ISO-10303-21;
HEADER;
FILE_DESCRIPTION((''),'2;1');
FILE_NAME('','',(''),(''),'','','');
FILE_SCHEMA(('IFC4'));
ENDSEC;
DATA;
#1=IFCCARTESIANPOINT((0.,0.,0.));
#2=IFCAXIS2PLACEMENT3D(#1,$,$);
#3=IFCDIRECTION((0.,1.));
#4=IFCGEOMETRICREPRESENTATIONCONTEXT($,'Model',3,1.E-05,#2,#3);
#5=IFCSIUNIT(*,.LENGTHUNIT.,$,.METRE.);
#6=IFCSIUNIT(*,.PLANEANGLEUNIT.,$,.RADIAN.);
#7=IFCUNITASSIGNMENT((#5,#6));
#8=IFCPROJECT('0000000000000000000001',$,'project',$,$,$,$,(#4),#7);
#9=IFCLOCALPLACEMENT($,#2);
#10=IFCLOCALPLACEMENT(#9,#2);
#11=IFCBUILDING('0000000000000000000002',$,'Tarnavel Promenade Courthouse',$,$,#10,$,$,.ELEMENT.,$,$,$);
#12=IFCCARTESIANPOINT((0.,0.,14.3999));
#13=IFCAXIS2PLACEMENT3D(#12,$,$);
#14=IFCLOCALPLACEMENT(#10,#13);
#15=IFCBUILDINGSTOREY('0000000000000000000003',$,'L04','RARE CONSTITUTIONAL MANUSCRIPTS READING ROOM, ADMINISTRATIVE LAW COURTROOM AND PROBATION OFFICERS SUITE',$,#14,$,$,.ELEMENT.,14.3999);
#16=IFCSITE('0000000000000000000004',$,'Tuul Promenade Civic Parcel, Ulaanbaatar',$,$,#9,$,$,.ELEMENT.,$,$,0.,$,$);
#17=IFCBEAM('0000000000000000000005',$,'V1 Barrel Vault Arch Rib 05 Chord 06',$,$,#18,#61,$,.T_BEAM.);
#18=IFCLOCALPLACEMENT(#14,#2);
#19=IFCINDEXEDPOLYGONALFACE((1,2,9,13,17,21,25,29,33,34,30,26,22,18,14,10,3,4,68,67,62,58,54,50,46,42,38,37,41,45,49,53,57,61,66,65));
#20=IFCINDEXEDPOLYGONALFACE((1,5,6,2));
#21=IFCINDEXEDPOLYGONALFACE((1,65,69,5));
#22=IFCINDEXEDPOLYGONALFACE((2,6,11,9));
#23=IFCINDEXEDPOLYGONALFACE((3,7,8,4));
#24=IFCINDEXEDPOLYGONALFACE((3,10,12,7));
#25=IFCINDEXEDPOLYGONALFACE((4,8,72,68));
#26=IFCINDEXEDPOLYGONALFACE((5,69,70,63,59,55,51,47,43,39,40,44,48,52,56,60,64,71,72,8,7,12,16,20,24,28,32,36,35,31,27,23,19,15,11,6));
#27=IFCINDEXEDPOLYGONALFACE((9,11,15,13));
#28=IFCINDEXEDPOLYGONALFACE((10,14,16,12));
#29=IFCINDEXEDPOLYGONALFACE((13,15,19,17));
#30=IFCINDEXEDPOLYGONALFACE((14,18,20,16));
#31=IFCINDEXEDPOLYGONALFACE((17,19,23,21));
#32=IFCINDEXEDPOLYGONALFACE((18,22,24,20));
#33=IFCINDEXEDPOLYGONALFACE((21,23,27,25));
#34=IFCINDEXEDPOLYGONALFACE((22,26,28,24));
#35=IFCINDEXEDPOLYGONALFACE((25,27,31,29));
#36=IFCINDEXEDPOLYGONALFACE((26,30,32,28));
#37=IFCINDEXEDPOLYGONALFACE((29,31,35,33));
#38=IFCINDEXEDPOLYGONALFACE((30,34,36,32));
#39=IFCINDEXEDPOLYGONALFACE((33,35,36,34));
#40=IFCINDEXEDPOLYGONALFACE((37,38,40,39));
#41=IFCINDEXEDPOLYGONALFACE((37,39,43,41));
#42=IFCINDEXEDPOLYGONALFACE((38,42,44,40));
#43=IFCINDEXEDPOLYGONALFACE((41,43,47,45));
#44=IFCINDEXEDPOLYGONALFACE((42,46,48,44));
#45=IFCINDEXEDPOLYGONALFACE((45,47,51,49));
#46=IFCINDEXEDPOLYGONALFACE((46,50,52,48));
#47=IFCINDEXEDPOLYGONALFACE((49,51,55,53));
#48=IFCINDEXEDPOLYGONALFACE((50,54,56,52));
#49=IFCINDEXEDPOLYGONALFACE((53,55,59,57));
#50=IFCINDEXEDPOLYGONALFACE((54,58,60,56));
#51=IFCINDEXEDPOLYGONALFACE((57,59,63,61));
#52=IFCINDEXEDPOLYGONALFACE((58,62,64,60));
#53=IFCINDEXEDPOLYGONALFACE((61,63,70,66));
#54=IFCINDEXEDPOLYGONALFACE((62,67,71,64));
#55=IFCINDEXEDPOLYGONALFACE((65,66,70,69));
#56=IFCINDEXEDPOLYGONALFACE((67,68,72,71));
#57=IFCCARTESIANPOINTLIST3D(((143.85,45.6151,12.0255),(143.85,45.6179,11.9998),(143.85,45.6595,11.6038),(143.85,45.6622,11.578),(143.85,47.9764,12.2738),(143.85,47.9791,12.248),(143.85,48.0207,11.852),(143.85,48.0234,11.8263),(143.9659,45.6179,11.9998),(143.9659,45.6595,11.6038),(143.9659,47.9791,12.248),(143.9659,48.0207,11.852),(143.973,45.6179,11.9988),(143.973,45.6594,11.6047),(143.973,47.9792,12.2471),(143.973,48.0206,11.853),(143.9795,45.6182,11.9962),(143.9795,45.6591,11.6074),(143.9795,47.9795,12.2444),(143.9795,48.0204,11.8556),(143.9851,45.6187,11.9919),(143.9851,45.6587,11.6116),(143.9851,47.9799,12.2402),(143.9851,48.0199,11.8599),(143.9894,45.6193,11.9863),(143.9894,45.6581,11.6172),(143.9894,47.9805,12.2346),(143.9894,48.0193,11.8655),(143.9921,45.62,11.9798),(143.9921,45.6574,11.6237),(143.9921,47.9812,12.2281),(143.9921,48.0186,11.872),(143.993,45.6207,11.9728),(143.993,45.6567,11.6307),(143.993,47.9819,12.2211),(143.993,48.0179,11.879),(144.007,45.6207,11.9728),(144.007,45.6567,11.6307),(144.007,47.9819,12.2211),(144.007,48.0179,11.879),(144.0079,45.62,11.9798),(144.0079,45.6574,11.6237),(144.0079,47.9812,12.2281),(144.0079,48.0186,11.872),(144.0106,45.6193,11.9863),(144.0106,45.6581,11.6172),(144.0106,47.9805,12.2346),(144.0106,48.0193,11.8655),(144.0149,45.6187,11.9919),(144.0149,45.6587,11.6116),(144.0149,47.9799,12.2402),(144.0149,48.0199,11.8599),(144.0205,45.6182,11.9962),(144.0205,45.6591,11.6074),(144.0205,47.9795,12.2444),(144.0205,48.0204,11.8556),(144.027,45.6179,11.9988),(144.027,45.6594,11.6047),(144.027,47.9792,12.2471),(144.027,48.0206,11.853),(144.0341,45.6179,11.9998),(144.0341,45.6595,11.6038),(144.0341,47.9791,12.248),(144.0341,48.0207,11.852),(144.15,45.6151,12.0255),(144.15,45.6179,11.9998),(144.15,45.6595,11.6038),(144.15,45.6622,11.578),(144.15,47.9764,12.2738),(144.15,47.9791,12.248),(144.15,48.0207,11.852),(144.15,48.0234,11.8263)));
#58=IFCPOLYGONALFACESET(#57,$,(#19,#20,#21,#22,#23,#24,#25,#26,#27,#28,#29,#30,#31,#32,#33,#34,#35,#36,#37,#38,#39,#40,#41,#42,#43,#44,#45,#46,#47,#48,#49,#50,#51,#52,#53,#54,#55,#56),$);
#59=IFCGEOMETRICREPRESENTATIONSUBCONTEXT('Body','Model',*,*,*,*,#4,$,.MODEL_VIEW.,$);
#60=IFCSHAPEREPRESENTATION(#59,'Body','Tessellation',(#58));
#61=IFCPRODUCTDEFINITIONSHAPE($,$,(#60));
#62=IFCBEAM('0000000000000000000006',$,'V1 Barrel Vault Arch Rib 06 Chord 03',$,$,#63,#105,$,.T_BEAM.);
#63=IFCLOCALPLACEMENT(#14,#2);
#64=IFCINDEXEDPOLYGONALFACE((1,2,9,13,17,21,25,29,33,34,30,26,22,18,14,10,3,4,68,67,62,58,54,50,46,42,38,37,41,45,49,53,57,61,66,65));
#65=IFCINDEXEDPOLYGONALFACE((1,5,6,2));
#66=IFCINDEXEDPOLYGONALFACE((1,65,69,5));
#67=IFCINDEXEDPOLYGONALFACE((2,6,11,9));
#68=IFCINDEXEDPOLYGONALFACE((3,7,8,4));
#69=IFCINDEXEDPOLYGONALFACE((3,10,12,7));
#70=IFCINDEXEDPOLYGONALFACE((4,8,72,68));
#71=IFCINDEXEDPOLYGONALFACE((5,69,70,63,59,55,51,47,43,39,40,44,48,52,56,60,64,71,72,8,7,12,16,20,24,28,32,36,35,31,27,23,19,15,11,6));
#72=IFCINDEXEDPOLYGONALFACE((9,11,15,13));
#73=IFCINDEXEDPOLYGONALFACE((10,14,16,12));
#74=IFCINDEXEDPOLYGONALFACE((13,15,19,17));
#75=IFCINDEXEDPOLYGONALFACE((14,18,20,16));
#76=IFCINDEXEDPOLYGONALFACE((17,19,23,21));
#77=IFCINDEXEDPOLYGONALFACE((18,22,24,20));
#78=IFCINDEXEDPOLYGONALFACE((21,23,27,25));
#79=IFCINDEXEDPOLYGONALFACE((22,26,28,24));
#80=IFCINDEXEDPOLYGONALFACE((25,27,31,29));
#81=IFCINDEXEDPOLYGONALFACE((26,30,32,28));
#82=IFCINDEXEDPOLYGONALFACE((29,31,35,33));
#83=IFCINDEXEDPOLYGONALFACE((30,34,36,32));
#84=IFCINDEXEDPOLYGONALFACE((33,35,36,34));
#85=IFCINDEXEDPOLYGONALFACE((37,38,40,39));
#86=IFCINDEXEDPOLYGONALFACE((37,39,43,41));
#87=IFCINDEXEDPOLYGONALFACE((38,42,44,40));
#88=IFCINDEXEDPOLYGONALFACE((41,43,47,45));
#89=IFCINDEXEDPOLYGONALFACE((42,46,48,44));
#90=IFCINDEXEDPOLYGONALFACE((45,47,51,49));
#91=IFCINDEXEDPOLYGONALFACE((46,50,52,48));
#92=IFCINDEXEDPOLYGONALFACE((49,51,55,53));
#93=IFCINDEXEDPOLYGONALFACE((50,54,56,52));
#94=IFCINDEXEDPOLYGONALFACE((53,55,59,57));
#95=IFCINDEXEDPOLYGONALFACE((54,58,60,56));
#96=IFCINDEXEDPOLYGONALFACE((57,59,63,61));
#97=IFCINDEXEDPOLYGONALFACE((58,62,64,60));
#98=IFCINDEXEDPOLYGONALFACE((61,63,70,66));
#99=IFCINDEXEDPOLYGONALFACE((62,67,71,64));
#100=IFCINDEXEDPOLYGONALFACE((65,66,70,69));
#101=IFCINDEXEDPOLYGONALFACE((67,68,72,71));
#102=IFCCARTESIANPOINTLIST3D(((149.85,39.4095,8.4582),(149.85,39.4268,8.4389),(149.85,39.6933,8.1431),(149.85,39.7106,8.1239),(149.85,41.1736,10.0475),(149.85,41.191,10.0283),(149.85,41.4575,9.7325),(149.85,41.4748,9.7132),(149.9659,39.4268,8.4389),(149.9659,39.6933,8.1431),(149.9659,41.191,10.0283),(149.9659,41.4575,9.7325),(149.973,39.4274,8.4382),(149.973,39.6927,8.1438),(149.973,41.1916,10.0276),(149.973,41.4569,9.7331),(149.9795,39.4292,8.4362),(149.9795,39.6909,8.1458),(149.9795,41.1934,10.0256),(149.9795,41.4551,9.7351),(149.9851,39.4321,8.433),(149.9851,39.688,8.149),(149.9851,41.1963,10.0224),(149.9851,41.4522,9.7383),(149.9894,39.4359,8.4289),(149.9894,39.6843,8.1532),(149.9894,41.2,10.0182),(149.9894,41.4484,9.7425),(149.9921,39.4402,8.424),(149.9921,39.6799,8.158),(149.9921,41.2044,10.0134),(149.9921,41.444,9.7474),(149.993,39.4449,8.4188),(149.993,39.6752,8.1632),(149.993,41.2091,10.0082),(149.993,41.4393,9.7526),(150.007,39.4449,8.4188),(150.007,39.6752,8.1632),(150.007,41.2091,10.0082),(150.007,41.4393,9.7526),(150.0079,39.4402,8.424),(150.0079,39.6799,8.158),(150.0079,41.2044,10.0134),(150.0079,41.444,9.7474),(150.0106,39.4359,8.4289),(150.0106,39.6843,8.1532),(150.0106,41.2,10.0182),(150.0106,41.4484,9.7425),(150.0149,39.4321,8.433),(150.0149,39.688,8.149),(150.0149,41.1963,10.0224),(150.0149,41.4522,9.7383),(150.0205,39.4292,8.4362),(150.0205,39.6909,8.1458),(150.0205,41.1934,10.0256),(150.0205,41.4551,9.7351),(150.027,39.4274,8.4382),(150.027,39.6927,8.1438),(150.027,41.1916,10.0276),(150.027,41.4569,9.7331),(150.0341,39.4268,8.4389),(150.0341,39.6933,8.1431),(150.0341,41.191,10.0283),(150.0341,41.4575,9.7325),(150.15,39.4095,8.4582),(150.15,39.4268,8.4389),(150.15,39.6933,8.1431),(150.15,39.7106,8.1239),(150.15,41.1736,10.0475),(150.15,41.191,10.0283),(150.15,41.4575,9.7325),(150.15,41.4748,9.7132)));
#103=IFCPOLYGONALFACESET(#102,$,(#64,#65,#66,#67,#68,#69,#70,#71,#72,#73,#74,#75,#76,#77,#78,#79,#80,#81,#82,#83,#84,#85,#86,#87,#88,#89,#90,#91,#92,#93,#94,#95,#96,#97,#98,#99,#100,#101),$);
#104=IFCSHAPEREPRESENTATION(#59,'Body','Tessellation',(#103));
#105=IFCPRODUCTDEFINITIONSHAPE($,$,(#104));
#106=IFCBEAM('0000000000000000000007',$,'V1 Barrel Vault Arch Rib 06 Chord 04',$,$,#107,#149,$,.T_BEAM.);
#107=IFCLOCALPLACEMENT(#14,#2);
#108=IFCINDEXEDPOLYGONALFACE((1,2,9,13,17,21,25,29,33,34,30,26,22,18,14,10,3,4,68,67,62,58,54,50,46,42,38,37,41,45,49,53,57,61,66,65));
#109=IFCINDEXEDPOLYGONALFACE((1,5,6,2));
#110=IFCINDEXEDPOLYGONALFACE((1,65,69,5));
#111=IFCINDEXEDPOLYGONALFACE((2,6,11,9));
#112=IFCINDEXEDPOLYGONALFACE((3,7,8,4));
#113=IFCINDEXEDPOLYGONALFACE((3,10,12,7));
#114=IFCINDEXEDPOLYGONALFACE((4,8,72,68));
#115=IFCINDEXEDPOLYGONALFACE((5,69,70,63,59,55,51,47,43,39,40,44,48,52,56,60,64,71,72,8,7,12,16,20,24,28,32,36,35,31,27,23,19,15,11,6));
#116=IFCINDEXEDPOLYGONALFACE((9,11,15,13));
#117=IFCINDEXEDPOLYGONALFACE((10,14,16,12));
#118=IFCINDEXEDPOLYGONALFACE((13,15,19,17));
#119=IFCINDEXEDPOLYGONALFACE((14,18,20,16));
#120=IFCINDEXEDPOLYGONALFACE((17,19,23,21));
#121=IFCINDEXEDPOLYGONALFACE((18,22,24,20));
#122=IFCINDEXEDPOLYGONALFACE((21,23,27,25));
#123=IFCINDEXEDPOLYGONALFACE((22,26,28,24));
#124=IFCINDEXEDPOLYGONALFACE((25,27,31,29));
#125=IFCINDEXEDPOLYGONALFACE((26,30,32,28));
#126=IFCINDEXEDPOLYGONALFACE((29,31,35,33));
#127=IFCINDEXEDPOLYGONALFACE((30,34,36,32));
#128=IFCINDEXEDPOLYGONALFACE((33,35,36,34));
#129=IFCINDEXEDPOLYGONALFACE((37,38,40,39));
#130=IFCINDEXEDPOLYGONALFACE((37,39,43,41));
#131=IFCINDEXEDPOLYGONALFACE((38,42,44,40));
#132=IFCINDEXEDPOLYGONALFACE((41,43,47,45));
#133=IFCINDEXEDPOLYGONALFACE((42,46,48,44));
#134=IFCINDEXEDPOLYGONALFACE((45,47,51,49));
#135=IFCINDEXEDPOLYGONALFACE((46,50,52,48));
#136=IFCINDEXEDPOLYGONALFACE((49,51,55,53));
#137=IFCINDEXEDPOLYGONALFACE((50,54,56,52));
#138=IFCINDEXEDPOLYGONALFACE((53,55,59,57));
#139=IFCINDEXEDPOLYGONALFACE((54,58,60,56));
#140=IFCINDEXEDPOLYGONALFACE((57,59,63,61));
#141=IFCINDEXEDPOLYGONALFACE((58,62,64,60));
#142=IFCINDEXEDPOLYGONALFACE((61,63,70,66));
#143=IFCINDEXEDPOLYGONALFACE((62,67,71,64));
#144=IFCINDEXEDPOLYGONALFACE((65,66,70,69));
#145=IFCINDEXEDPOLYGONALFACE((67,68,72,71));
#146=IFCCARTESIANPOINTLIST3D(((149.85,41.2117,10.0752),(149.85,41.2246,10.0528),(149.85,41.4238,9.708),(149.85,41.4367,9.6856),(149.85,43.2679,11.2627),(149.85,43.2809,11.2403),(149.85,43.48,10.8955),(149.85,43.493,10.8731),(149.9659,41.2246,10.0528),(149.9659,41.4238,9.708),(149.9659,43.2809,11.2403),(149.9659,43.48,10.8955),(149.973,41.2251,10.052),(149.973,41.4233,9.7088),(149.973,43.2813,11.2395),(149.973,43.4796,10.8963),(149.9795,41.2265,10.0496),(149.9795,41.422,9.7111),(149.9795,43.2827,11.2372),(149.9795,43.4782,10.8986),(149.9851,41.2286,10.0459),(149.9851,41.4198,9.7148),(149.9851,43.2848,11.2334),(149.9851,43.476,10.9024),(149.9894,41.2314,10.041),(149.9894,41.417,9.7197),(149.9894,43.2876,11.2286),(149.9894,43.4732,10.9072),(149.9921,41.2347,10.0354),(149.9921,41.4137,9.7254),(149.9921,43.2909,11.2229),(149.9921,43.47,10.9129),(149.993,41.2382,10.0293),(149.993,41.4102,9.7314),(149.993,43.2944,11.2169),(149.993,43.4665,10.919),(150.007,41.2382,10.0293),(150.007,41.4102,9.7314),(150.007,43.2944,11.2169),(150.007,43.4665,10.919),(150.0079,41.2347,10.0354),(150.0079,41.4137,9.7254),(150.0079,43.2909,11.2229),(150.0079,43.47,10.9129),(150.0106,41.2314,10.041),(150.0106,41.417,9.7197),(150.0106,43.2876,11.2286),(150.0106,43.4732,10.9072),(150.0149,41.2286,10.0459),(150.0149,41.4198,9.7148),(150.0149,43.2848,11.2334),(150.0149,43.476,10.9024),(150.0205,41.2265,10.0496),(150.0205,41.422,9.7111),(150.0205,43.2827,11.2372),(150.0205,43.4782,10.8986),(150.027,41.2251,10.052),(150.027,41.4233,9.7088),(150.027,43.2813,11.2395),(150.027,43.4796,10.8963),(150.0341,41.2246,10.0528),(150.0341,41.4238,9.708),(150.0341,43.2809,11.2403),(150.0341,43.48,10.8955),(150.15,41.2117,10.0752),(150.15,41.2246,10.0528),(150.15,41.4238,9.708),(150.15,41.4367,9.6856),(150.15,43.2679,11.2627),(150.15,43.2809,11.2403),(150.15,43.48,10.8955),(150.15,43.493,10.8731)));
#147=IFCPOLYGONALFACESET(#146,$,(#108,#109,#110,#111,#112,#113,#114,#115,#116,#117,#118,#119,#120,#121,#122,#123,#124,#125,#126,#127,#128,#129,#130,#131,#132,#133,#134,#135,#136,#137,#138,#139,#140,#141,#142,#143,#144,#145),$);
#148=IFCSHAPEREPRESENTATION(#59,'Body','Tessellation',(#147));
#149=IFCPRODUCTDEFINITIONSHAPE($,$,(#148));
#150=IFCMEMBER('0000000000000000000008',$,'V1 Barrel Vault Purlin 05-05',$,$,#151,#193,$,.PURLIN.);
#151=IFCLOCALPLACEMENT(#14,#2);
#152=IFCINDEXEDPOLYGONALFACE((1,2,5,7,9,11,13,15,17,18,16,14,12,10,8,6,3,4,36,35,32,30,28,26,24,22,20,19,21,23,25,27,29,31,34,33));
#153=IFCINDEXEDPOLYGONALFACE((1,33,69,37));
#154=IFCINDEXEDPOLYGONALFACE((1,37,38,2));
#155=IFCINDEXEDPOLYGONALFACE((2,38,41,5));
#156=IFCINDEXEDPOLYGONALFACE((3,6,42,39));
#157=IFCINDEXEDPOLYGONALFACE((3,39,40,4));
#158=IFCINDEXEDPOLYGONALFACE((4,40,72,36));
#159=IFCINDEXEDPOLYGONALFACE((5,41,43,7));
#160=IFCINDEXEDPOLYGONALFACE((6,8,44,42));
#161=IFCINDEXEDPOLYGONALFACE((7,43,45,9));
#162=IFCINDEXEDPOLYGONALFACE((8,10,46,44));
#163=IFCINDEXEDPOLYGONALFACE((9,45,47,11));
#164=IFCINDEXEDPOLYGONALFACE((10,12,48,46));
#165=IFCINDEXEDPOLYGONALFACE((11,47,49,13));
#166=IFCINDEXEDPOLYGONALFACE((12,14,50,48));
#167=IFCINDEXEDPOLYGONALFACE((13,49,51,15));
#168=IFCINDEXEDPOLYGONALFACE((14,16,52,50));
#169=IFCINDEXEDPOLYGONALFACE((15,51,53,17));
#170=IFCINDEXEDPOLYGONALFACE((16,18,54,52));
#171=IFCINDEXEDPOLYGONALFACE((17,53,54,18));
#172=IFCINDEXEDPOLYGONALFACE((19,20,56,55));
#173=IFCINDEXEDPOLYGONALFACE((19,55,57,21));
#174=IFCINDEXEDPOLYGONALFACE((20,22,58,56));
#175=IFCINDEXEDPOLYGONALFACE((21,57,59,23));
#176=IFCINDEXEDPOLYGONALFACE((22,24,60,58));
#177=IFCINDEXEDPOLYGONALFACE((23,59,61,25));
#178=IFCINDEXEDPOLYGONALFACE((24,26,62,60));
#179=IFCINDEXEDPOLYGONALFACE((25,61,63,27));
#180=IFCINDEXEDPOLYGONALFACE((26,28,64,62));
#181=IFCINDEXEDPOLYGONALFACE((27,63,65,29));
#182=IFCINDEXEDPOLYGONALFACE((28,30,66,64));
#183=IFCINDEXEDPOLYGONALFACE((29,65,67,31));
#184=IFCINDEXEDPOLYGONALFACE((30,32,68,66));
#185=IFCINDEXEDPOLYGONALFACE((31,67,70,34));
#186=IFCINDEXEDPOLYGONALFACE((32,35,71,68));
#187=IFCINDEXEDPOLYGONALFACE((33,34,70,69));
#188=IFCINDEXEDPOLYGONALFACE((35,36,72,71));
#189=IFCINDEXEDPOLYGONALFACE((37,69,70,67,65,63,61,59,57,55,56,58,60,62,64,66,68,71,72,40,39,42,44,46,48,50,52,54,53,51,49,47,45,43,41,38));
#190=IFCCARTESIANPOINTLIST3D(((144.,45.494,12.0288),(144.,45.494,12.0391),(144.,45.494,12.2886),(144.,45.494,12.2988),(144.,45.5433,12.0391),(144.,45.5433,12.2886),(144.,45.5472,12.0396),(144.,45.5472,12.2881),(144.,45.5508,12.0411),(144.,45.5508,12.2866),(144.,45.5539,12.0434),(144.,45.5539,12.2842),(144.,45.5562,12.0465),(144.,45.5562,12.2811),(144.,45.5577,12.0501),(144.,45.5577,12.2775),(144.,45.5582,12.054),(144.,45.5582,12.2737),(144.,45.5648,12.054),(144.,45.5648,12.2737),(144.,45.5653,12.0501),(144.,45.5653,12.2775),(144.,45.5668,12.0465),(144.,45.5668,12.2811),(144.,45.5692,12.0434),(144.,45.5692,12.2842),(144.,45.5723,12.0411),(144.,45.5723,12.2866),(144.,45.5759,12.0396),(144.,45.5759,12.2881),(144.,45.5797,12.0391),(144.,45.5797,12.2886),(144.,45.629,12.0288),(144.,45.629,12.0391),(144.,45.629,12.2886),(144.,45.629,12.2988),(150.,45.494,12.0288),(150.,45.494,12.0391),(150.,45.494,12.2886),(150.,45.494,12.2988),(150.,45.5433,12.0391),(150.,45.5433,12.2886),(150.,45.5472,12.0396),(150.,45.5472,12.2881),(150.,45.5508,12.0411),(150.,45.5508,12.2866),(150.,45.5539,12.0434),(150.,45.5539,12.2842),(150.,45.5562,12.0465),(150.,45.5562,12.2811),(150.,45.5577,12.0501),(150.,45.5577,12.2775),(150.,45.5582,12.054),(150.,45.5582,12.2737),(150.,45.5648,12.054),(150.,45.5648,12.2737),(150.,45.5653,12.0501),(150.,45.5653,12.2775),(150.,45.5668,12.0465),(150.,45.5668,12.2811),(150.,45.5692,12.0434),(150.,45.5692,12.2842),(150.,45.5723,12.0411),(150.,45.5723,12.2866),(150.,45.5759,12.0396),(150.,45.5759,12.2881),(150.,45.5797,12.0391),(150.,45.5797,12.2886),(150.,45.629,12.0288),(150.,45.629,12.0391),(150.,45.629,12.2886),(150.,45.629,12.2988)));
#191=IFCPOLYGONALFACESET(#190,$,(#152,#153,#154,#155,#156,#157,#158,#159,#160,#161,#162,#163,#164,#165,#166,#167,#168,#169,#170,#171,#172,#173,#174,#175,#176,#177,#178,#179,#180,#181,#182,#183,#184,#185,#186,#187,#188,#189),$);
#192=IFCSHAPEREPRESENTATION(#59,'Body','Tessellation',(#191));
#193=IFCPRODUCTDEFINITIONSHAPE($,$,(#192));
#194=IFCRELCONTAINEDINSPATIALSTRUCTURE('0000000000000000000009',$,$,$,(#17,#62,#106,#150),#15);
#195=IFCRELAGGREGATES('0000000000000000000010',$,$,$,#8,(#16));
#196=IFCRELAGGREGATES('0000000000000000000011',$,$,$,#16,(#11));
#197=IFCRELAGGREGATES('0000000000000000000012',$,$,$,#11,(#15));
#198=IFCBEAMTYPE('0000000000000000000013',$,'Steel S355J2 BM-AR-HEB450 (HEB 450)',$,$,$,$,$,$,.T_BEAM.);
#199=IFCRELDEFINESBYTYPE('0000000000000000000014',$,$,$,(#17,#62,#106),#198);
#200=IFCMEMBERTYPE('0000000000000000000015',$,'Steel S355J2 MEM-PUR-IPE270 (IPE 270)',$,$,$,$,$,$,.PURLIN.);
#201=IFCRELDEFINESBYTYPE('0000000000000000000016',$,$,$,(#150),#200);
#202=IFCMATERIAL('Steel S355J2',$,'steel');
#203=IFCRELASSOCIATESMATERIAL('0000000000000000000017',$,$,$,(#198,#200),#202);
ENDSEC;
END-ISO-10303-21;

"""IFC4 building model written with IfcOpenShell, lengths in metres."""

from ifc_helpers import new_model, si_unit, direction, frame, origin, origin_2d, place, context, subcontext, project, spatial, i_section, extrude, material, material_profile, profile_set, type_object, element, save


model = new_model("IFC4")

# Units and contexts
model_context = context("Model", 3, precision=1e-05, world=origin(), true_north=direction((0.0, 1.0)))
body_context = subcontext(model_context, "Body", "Model", "MODEL_VIEW")
ifc_project = project(units=[si_unit("LENGTHUNIT", "METRE"), si_unit("PLANEANGLEUNIT", "RADIAN")], contexts=[model_context])

# Site, building, storey
site_placement = place(None, origin())
site = spatial("IfcSite", under=ifc_project, at=site_placement, Name="Tuul Promenade Civic Parcel, Ulaanbaatar", CompositionType="ELEMENT", RefElevation=0.0)
building_placement = place(site_placement, origin())
building = spatial("IfcBuilding", under=site, at=building_placement, Name="Tarnavel Promenade Courthouse", CompositionType="ELEMENT")
storey_placement = place(building_placement, frame((0.0, 0.0, 14.3999)))
storey = spatial("IfcBuildingStorey", under=building, at=storey_placement, Name="L04", Description="RARE CONSTITUTIONAL MANUSCRIPTS READING ROOM, ADMINISTRATIVE LAW COURTROOM AND PROBATION OFFICERS SUITE", CompositionType="ELEMENT", Elevation=14.3999)

# Beams
ifc_material_1 = material(Name="Steel S355J2", Category="steel")
ifc_material_profile_1 = material_profile(ifc_material_1, i_section(OverallWidth=0.3, OverallDepth=0.45, WebThickness=0.0139, FlangeThickness=0.0259, FilletRadius=0.0271, at=origin_2d()), Name="HEB 450")
ifc_profile_set_1 = profile_set([ifc_material_profile_1], Name="Steel S355J2")
beam_type = type_object("IfcBeamType", Name="Steel S355J2 BM-AR-HEB450 (HEB 450)", PredefinedType="T_BEAM", material=ifc_profile_set_1)
beam_placement = place(storey_placement, frame((144.0, 45.6387, 11.8018), z_axis=(0.0, 0.994517, 0.104572), x_axis=(-1.0, 0.0, 0.0)))
element("IfcBeam", 1, at=beam_placement, inside=storey, type_object=beam_type, Name="V1 Barrel Vault Arch Rib 05 Chord 06", PredefinedType="T_BEAM", context=body_context, shape_type="SweptSolid", body=[
    extrude(i_section(OverallWidth=0.3, OverallDepth=0.45, WebThickness=0.0139, FlangeThickness=0.0259, FilletRadius=0.0271, at=origin_2d()), origin(), (0.0, 0.0, 1.0), 2.3743),
])
for number, where, z_axis, x_axis, name in (
    (2, (150.0, 39.5601, 8.291), (0.0, 0.742957, 0.66934), (-1.0, 0.0, 0.0), "V1 Barrel Vault Arch Rib 06 Chord 03"),
    (3, (150.0, 41.3242, 9.8804), (0.0, 0.865956, 0.50012), (-1.0, 0.0, 0.0), "V1 Barrel Vault Arch Rib 06 Chord 04"),
):
    element("IfcBeam", number, at=place(storey_placement, frame(where, z_axis=z_axis, x_axis=x_axis)), inside=storey, type_object=beam_type, Name=name, PredefinedType="T_BEAM", context=body_context, shape_type="SweptSolid", body=[
        extrude(i_section(OverallWidth=0.3, OverallDepth=0.45, WebThickness=0.0139, FlangeThickness=0.0259, FilletRadius=0.0271, at=origin_2d()), origin(), (0.0, 0.0, 1.0), 2.3745),
    ])

# Member
ifc_material_profile_2 = material_profile(ifc_material_1, i_section(OverallWidth=0.135, OverallDepth=0.27, WebThickness=0.0066, FlangeThickness=0.0103, FilletRadius=0.0149, at=origin_2d()), Name="IPE 270")
ifc_profile_set_2 = profile_set([ifc_material_profile_2], Name="Steel S355J2")
member_type_1 = type_object("IfcMemberType", Name="Steel S355J2 MEM-PUR-IPE270 (IPE 270)", PredefinedType="PURLIN", material=ifc_profile_set_2)
for number, where, z_axis, x_axis, name in (
    (4, (144.0, 45.5615, 12.1638), (1.0, 0.0, 0.0), (0.0, 1.0, 0.0), "V1 Barrel Vault Purlin 05-05"),
):
    element("IfcMember", number, at=place(storey_placement, frame(where, z_axis=z_axis, x_axis=x_axis)), inside=storey, type_object=member_type_1, Name=name, PredefinedType="PURLIN", context=body_context, shape_type="SweptSolid", body=[
        extrude(i_section(OverallWidth=0.135, OverallDepth=0.27, WebThickness=0.0066, FlangeThickness=0.0103, FilletRadius=0.0149, at=origin_2d()), origin(), (0.0, 0.0, 1.0), 6.0),
    ])

save(model, "model.ifc")
